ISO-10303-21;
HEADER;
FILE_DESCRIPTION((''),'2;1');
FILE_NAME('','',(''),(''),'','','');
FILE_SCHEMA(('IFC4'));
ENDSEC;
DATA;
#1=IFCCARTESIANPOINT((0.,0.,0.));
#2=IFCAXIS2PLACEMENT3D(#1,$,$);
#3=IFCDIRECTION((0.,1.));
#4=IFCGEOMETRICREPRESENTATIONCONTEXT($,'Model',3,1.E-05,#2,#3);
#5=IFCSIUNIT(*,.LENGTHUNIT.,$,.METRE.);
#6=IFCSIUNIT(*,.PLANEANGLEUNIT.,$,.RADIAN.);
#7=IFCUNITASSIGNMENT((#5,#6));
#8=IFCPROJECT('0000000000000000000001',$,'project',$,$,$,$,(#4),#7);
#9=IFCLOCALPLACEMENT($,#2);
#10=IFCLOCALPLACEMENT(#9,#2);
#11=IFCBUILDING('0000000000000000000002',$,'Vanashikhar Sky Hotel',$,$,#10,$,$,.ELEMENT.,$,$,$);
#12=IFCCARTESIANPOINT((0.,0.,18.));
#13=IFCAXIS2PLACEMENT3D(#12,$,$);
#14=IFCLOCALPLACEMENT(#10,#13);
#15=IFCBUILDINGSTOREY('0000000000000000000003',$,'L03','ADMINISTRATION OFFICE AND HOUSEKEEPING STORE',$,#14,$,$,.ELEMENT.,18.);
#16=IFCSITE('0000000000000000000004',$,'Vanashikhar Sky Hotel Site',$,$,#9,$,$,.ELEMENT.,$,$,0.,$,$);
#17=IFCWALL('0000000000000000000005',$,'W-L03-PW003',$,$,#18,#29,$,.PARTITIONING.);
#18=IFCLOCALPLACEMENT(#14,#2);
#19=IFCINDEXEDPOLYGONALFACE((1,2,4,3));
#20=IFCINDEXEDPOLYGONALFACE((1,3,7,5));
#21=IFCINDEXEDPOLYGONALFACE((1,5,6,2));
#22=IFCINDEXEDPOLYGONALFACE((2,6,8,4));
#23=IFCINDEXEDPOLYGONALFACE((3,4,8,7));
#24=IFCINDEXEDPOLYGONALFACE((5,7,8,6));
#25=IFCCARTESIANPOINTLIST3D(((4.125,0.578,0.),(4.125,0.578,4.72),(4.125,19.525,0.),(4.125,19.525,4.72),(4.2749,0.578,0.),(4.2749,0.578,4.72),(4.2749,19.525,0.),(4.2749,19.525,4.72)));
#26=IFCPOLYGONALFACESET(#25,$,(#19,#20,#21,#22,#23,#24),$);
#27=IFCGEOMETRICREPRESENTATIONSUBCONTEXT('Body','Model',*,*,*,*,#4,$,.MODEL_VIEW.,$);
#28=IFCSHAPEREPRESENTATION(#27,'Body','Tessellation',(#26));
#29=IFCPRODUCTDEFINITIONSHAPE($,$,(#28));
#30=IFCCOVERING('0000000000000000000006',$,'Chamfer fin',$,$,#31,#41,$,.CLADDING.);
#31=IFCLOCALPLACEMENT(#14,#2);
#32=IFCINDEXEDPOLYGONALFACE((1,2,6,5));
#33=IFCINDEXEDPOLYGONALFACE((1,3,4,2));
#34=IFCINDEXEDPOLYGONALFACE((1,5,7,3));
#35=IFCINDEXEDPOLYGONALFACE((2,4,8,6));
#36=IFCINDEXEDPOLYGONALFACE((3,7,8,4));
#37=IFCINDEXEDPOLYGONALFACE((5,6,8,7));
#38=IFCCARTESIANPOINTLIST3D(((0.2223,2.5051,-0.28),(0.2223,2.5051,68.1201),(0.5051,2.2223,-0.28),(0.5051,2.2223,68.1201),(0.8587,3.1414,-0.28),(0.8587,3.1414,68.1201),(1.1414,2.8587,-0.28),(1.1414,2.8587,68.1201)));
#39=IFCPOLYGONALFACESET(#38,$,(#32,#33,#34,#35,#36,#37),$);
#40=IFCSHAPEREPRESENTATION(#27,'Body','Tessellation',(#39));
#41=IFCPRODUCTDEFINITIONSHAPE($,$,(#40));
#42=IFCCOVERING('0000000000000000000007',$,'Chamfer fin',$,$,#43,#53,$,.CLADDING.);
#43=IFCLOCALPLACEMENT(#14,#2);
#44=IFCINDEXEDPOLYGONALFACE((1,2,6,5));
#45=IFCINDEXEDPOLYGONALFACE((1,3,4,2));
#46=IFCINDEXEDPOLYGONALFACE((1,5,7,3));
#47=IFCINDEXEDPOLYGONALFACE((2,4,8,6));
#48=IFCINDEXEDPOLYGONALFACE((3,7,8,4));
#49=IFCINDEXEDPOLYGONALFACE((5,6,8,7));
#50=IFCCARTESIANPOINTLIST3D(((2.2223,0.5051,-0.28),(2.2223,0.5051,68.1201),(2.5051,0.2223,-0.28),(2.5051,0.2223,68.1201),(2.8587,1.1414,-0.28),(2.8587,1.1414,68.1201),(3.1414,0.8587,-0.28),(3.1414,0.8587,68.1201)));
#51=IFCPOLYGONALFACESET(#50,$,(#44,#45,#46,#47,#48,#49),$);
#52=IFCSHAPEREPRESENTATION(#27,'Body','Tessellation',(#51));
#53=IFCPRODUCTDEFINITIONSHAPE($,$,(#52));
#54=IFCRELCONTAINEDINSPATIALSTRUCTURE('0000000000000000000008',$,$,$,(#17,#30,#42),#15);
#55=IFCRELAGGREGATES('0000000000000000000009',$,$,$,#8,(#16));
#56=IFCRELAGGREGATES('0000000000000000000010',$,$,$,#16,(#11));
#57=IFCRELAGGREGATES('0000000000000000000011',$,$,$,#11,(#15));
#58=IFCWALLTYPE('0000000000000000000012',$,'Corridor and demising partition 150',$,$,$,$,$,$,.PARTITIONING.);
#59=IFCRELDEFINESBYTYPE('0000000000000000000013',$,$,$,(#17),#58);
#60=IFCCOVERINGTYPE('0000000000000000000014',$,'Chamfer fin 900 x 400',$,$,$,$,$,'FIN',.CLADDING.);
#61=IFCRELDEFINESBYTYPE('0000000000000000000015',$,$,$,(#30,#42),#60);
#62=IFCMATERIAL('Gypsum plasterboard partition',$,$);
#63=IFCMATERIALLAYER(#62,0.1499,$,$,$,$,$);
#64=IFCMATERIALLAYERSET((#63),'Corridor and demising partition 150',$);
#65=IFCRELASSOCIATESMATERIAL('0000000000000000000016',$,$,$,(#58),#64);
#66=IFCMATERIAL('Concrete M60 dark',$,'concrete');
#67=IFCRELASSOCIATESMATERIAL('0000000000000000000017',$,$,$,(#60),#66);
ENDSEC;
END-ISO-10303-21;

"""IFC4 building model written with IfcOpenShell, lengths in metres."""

from ifc_helpers import new_model, si_unit, direction, frame, frame_2d, origin, origin_2d, place, context, subcontext, project, spatial, rectangle, extrude, source, transform, mapped, material, layer, layer_set, material_profile, profile_set, type_object, element, save


model = new_model("IFC4")

# Units and contexts
model_context = context("Model", 3, precision=1e-05, world=origin(), true_north=direction((0.0, 1.0)))
body_context = subcontext(model_context, "Body", "Model", "MODEL_VIEW")
ifc_project = project(units=[si_unit("LENGTHUNIT", "METRE"), si_unit("PLANEANGLEUNIT", "RADIAN")], contexts=[model_context])

# Site, building, storey
site_placement = place(None, origin())
site = spatial("IfcSite", under=ifc_project, at=site_placement, Name="Vanashikhar Sky Hotel Site", CompositionType="ELEMENT", RefElevation=0.0)
building_placement = place(site_placement, origin())
building = spatial("IfcBuilding", under=site, at=building_placement, Name="Vanashikhar Sky Hotel", CompositionType="ELEMENT")
storey_placement = place(building_placement, frame((0.0, 0.0, 18.0)))
storey = spatial("IfcBuildingStorey", under=building, at=storey_placement, Name="L03", Description="ADMINISTRATION OFFICE AND HOUSEKEEPING STORE", CompositionType="ELEMENT", Elevation=18.0)

# Wall
ifc_material_1 = material(Name="Gypsum plasterboard partition")
ifc_layer_1 = layer(ifc_material_1, 0.1499)
ifc_layer_set_1 = layer_set([ifc_layer_1], Name="Corridor and demising partition 150")
wall_type_1 = type_object("IfcWallType", Name="Corridor and demising partition 150", PredefinedType="PARTITIONING", material=ifc_layer_set_1)
shared_shape_1 = source(origin(), body_context, "Body", "SweptSolid", [
    extrude(rectangle(XDim=18.947, YDim=0.1499, at=frame_2d((9.4736, 0.0))), origin(), (0.0, 0.0, 1.0), 4.72),
])
wall_1_placement = place(storey_placement, frame((4.2, 0.5779, 0.0), z_axis=(0.0, 0.0, 1.0), x_axis=(0.0, 1.0, 0.0)))
element("IfcWall", 1, at=wall_1_placement, inside=storey, type_object=wall_type_1, Name="W-L03-PW003", PredefinedType="PARTITIONING", context=body_context, shape_type="MappedRepresentation", body=[
    mapped(shared_shape_1, transform((0.0, 0.0, 0.0), scale=1.0)),
])

# Coverings
ifc_material_2 = material(Name="Concrete M60 dark", Category="concrete")
ifc_material_profile_1 = material_profile(ifc_material_2, rectangle(XDim=0.8999, YDim=0.3999, at=origin_2d()))
ifc_profile_set_1 = profile_set([ifc_material_profile_1], Name="Chamfer fin 900 x 400")
covering_type = type_object("IfcCoveringType", Name="Chamfer fin 900 x 400", ElementType="FIN", PredefinedType="CLADDING", material=ifc_profile_set_1)
shared_shape_2 = source(origin(), body_context, "Body", "SweptSolid", [
    extrude(rectangle(XDim=0.8999, YDim=0.3999, at=origin_2d()), origin(), (0.0, 0.0, 1.0), 68.4001),
])
for number, where, z_axis, x_axis, name in (
    (2, (0.6819, 2.6819, -0.28), (0.0, 0.0, 1.0), (-0.707107, -0.707107, 0.0), "Chamfer fin"),
    (3, (2.6819, 0.6819, -0.28), (0.0, 0.0, 1.0), (-0.707107, -0.707107, 0.0), "Chamfer fin"),
):
    element("IfcCovering", number, at=place(storey_placement, frame(where, z_axis=z_axis, x_axis=x_axis)), inside=storey, type_object=covering_type, Name=name, PredefinedType="CLADDING", context=body_context, shape_type="MappedRepresentation", body=[
        mapped(shared_shape_2, transform((0.0, 0.0, 0.0), scale=1.0)),
    ])

save(model, "model.ifc")
